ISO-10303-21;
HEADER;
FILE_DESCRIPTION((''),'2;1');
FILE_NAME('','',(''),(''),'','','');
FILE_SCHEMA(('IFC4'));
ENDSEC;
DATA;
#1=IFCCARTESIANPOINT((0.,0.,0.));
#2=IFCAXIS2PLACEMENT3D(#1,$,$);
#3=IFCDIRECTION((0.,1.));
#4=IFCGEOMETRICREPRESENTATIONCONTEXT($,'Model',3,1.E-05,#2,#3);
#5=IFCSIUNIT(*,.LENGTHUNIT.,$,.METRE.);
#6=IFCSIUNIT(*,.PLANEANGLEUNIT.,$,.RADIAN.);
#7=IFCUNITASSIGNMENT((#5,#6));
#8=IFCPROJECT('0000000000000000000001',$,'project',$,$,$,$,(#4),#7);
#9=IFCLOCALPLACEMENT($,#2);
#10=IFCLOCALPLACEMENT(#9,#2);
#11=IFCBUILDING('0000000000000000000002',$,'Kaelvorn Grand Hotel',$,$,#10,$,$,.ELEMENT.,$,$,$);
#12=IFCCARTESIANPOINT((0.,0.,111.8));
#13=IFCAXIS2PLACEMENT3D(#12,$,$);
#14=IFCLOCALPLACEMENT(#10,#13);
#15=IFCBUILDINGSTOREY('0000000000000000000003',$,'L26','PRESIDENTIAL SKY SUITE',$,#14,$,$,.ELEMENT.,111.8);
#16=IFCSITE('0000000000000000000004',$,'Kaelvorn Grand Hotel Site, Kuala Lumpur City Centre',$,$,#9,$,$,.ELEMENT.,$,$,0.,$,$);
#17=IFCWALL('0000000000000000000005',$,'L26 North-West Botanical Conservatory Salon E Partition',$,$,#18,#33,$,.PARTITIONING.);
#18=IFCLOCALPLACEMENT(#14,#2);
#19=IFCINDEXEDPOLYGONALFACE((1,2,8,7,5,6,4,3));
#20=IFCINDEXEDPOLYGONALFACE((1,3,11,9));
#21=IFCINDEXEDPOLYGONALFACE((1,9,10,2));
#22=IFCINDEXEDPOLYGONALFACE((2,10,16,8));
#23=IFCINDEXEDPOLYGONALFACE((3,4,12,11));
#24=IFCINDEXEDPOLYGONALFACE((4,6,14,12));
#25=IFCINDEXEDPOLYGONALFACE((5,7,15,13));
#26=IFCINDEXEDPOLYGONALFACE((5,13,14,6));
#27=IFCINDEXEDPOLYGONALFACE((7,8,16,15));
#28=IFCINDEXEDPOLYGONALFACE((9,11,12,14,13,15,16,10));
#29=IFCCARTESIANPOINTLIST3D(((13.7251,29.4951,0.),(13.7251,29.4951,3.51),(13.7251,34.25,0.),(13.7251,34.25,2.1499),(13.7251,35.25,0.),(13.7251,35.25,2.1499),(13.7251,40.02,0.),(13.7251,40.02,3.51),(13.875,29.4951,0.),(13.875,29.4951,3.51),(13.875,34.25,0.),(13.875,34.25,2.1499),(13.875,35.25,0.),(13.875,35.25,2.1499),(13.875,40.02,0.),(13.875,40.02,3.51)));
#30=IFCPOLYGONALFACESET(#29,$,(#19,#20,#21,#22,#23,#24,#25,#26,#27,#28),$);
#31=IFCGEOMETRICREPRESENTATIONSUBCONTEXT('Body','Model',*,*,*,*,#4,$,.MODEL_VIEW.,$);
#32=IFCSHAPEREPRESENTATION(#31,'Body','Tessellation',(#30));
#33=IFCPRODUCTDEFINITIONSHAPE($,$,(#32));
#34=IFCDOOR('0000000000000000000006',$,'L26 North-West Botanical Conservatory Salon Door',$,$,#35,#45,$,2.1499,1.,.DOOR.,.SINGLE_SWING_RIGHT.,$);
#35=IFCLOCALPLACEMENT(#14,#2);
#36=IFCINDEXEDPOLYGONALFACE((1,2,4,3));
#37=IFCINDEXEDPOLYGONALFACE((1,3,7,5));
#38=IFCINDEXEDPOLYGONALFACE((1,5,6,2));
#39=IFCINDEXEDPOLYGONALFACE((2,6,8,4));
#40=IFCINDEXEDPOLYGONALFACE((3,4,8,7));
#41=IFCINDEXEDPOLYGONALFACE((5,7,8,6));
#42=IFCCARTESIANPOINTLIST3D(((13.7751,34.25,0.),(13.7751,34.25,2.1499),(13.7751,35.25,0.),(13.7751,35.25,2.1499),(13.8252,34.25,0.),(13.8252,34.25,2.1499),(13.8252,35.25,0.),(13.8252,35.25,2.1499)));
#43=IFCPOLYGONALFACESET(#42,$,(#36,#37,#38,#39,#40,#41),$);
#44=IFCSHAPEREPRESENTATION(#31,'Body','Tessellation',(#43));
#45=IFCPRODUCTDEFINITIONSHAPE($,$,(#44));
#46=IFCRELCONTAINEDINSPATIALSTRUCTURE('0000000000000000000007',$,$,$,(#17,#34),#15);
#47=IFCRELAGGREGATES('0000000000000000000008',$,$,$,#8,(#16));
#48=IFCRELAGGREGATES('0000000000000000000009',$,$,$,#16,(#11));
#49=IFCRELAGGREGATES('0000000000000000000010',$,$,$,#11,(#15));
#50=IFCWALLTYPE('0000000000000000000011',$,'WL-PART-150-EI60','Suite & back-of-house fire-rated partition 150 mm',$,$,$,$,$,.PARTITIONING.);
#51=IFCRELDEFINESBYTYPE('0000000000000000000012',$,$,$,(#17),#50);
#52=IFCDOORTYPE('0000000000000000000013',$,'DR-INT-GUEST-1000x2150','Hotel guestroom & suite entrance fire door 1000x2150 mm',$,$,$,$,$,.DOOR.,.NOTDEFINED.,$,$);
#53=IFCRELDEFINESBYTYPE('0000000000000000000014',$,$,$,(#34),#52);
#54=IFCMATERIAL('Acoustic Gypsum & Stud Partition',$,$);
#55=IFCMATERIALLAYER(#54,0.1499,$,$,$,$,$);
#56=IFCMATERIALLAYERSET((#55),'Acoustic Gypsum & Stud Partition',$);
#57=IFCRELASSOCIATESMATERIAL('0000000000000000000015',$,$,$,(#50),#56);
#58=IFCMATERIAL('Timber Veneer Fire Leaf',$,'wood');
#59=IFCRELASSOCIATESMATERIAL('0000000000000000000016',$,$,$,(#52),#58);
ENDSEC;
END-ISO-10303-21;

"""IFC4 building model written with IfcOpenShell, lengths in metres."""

from ifc_helpers import new_model, si_unit, direction, frame, frame_2d, origin, place, context, subcontext, project, spatial, rectangle, extrude, material, layer, layer_set, type_object, element, fill, save


model = new_model("IFC4")

# Units and contexts
model_context = context("Model", 3, precision=1e-05, world=origin(), true_north=direction((0.0, 1.0)))
body_context = subcontext(model_context, "Body", "Model", "MODEL_VIEW")
ifc_project = project(units=[si_unit("LENGTHUNIT", "METRE"), si_unit("PLANEANGLEUNIT", "RADIAN")], contexts=[model_context])

# Site, building, storey
site_placement = place(None, origin())
site = spatial("IfcSite", under=ifc_project, at=site_placement, Name="Kaelvorn Grand Hotel Site, Kuala Lumpur City Centre", CompositionType="ELEMENT", RefElevation=0.0)
building_placement = place(site_placement, origin())
building = spatial("IfcBuilding", under=site, at=building_placement, Name="Kaelvorn Grand Hotel", CompositionType="ELEMENT")
storey_placement = place(building_placement, frame((0.0, 0.0, 111.8)))
storey = spatial("IfcBuildingStorey", under=building, at=storey_placement, Name="L26", Description="PRESIDENTIAL SKY SUITE", CompositionType="ELEMENT", Elevation=111.8)

# Shared definitions
ifc_material_1 = material(Name="Acoustic Gypsum & Stud Partition")
ifc_layer_1 = layer(ifc_material_1, 0.1499)
ifc_layer_set_1 = layer_set([ifc_layer_1], Name="Acoustic Gypsum & Stud Partition")
wall_type_1 = type_object("IfcWallType", Name="WL-PART-150-EI60", Description="Suite & back-of-house fire-rated partition 150 mm", PredefinedType="PARTITIONING", material=ifc_layer_set_1)

# Wall, opening, door
wall_1_placement = place(storey_placement, frame((13.8, 29.4951, 0.0), z_axis=(0.0, 0.0, 1.0), x_axis=(0.0, 1.0, 0.0)))
wall_1 = element("IfcWall", 1, at=wall_1_placement, inside=storey, type_object=wall_type_1, Name="L26 North-West Botanical Conservatory Salon E Partition", PredefinedType="PARTITIONING", context=body_context, shape_type="SweptSolid", body=[
    extrude(rectangle(XDim=10.5249, YDim=0.1499, at=frame_2d((5.2625, 0.0))), origin(), (0.0, 0.0, 1.0), 3.51),
])
opening_1_placement = place(wall_1_placement, frame((4.7549, 0.0, 0.0)))
opening_1 = element("IfcOpeningElement", 2, at=opening_1_placement, cuts=wall_1, PredefinedType="OPENING", context=body_context, shape_type="SweptSolid", body=[
    extrude(rectangle(XDim=1.0, YDim=2.1499, at=frame_2d((0.5, 1.075))), frame((0.0, 0.085, 0.0), z_axis=(0.0, -1.0, 0.0), x_axis=(1.0, 0.0, 0.0)), (0.0, 0.0, 1.0), 0.1699),
])
ifc_material_2 = material(Name="Timber Veneer Fire Leaf", Category="wood")
door_type = type_object("IfcDoorType", Name="DR-INT-GUEST-1000x2150", Description="Hotel guestroom & suite entrance fire door 1000x2150 mm", OperationType="NOTDEFINED", PredefinedType="DOOR", material=ifc_material_2)
door_placement = place(opening_1_placement, origin())
door = element("IfcDoor", 3, at=door_placement, inside=storey, type_object=door_type, Name="L26 North-West Botanical Conservatory Salon Door", OperationType="SINGLE_SWING_RIGHT", OverallHeight=2.1499, OverallWidth=1.0, PredefinedType="DOOR", context=body_context, shape_type="SweptSolid", body=[
    extrude(rectangle(XDim=1.0, YDim=2.1499, at=frame_2d((0.5, 1.075))), frame((0.0, 0.0249, 0.0), z_axis=(0.0, -1.0, 0.0), x_axis=(1.0, 0.0, 0.0)), (0.0, 0.0, 1.0), 0.05),
])
fill(opening_1, door)

save(model, "model.ifc")
